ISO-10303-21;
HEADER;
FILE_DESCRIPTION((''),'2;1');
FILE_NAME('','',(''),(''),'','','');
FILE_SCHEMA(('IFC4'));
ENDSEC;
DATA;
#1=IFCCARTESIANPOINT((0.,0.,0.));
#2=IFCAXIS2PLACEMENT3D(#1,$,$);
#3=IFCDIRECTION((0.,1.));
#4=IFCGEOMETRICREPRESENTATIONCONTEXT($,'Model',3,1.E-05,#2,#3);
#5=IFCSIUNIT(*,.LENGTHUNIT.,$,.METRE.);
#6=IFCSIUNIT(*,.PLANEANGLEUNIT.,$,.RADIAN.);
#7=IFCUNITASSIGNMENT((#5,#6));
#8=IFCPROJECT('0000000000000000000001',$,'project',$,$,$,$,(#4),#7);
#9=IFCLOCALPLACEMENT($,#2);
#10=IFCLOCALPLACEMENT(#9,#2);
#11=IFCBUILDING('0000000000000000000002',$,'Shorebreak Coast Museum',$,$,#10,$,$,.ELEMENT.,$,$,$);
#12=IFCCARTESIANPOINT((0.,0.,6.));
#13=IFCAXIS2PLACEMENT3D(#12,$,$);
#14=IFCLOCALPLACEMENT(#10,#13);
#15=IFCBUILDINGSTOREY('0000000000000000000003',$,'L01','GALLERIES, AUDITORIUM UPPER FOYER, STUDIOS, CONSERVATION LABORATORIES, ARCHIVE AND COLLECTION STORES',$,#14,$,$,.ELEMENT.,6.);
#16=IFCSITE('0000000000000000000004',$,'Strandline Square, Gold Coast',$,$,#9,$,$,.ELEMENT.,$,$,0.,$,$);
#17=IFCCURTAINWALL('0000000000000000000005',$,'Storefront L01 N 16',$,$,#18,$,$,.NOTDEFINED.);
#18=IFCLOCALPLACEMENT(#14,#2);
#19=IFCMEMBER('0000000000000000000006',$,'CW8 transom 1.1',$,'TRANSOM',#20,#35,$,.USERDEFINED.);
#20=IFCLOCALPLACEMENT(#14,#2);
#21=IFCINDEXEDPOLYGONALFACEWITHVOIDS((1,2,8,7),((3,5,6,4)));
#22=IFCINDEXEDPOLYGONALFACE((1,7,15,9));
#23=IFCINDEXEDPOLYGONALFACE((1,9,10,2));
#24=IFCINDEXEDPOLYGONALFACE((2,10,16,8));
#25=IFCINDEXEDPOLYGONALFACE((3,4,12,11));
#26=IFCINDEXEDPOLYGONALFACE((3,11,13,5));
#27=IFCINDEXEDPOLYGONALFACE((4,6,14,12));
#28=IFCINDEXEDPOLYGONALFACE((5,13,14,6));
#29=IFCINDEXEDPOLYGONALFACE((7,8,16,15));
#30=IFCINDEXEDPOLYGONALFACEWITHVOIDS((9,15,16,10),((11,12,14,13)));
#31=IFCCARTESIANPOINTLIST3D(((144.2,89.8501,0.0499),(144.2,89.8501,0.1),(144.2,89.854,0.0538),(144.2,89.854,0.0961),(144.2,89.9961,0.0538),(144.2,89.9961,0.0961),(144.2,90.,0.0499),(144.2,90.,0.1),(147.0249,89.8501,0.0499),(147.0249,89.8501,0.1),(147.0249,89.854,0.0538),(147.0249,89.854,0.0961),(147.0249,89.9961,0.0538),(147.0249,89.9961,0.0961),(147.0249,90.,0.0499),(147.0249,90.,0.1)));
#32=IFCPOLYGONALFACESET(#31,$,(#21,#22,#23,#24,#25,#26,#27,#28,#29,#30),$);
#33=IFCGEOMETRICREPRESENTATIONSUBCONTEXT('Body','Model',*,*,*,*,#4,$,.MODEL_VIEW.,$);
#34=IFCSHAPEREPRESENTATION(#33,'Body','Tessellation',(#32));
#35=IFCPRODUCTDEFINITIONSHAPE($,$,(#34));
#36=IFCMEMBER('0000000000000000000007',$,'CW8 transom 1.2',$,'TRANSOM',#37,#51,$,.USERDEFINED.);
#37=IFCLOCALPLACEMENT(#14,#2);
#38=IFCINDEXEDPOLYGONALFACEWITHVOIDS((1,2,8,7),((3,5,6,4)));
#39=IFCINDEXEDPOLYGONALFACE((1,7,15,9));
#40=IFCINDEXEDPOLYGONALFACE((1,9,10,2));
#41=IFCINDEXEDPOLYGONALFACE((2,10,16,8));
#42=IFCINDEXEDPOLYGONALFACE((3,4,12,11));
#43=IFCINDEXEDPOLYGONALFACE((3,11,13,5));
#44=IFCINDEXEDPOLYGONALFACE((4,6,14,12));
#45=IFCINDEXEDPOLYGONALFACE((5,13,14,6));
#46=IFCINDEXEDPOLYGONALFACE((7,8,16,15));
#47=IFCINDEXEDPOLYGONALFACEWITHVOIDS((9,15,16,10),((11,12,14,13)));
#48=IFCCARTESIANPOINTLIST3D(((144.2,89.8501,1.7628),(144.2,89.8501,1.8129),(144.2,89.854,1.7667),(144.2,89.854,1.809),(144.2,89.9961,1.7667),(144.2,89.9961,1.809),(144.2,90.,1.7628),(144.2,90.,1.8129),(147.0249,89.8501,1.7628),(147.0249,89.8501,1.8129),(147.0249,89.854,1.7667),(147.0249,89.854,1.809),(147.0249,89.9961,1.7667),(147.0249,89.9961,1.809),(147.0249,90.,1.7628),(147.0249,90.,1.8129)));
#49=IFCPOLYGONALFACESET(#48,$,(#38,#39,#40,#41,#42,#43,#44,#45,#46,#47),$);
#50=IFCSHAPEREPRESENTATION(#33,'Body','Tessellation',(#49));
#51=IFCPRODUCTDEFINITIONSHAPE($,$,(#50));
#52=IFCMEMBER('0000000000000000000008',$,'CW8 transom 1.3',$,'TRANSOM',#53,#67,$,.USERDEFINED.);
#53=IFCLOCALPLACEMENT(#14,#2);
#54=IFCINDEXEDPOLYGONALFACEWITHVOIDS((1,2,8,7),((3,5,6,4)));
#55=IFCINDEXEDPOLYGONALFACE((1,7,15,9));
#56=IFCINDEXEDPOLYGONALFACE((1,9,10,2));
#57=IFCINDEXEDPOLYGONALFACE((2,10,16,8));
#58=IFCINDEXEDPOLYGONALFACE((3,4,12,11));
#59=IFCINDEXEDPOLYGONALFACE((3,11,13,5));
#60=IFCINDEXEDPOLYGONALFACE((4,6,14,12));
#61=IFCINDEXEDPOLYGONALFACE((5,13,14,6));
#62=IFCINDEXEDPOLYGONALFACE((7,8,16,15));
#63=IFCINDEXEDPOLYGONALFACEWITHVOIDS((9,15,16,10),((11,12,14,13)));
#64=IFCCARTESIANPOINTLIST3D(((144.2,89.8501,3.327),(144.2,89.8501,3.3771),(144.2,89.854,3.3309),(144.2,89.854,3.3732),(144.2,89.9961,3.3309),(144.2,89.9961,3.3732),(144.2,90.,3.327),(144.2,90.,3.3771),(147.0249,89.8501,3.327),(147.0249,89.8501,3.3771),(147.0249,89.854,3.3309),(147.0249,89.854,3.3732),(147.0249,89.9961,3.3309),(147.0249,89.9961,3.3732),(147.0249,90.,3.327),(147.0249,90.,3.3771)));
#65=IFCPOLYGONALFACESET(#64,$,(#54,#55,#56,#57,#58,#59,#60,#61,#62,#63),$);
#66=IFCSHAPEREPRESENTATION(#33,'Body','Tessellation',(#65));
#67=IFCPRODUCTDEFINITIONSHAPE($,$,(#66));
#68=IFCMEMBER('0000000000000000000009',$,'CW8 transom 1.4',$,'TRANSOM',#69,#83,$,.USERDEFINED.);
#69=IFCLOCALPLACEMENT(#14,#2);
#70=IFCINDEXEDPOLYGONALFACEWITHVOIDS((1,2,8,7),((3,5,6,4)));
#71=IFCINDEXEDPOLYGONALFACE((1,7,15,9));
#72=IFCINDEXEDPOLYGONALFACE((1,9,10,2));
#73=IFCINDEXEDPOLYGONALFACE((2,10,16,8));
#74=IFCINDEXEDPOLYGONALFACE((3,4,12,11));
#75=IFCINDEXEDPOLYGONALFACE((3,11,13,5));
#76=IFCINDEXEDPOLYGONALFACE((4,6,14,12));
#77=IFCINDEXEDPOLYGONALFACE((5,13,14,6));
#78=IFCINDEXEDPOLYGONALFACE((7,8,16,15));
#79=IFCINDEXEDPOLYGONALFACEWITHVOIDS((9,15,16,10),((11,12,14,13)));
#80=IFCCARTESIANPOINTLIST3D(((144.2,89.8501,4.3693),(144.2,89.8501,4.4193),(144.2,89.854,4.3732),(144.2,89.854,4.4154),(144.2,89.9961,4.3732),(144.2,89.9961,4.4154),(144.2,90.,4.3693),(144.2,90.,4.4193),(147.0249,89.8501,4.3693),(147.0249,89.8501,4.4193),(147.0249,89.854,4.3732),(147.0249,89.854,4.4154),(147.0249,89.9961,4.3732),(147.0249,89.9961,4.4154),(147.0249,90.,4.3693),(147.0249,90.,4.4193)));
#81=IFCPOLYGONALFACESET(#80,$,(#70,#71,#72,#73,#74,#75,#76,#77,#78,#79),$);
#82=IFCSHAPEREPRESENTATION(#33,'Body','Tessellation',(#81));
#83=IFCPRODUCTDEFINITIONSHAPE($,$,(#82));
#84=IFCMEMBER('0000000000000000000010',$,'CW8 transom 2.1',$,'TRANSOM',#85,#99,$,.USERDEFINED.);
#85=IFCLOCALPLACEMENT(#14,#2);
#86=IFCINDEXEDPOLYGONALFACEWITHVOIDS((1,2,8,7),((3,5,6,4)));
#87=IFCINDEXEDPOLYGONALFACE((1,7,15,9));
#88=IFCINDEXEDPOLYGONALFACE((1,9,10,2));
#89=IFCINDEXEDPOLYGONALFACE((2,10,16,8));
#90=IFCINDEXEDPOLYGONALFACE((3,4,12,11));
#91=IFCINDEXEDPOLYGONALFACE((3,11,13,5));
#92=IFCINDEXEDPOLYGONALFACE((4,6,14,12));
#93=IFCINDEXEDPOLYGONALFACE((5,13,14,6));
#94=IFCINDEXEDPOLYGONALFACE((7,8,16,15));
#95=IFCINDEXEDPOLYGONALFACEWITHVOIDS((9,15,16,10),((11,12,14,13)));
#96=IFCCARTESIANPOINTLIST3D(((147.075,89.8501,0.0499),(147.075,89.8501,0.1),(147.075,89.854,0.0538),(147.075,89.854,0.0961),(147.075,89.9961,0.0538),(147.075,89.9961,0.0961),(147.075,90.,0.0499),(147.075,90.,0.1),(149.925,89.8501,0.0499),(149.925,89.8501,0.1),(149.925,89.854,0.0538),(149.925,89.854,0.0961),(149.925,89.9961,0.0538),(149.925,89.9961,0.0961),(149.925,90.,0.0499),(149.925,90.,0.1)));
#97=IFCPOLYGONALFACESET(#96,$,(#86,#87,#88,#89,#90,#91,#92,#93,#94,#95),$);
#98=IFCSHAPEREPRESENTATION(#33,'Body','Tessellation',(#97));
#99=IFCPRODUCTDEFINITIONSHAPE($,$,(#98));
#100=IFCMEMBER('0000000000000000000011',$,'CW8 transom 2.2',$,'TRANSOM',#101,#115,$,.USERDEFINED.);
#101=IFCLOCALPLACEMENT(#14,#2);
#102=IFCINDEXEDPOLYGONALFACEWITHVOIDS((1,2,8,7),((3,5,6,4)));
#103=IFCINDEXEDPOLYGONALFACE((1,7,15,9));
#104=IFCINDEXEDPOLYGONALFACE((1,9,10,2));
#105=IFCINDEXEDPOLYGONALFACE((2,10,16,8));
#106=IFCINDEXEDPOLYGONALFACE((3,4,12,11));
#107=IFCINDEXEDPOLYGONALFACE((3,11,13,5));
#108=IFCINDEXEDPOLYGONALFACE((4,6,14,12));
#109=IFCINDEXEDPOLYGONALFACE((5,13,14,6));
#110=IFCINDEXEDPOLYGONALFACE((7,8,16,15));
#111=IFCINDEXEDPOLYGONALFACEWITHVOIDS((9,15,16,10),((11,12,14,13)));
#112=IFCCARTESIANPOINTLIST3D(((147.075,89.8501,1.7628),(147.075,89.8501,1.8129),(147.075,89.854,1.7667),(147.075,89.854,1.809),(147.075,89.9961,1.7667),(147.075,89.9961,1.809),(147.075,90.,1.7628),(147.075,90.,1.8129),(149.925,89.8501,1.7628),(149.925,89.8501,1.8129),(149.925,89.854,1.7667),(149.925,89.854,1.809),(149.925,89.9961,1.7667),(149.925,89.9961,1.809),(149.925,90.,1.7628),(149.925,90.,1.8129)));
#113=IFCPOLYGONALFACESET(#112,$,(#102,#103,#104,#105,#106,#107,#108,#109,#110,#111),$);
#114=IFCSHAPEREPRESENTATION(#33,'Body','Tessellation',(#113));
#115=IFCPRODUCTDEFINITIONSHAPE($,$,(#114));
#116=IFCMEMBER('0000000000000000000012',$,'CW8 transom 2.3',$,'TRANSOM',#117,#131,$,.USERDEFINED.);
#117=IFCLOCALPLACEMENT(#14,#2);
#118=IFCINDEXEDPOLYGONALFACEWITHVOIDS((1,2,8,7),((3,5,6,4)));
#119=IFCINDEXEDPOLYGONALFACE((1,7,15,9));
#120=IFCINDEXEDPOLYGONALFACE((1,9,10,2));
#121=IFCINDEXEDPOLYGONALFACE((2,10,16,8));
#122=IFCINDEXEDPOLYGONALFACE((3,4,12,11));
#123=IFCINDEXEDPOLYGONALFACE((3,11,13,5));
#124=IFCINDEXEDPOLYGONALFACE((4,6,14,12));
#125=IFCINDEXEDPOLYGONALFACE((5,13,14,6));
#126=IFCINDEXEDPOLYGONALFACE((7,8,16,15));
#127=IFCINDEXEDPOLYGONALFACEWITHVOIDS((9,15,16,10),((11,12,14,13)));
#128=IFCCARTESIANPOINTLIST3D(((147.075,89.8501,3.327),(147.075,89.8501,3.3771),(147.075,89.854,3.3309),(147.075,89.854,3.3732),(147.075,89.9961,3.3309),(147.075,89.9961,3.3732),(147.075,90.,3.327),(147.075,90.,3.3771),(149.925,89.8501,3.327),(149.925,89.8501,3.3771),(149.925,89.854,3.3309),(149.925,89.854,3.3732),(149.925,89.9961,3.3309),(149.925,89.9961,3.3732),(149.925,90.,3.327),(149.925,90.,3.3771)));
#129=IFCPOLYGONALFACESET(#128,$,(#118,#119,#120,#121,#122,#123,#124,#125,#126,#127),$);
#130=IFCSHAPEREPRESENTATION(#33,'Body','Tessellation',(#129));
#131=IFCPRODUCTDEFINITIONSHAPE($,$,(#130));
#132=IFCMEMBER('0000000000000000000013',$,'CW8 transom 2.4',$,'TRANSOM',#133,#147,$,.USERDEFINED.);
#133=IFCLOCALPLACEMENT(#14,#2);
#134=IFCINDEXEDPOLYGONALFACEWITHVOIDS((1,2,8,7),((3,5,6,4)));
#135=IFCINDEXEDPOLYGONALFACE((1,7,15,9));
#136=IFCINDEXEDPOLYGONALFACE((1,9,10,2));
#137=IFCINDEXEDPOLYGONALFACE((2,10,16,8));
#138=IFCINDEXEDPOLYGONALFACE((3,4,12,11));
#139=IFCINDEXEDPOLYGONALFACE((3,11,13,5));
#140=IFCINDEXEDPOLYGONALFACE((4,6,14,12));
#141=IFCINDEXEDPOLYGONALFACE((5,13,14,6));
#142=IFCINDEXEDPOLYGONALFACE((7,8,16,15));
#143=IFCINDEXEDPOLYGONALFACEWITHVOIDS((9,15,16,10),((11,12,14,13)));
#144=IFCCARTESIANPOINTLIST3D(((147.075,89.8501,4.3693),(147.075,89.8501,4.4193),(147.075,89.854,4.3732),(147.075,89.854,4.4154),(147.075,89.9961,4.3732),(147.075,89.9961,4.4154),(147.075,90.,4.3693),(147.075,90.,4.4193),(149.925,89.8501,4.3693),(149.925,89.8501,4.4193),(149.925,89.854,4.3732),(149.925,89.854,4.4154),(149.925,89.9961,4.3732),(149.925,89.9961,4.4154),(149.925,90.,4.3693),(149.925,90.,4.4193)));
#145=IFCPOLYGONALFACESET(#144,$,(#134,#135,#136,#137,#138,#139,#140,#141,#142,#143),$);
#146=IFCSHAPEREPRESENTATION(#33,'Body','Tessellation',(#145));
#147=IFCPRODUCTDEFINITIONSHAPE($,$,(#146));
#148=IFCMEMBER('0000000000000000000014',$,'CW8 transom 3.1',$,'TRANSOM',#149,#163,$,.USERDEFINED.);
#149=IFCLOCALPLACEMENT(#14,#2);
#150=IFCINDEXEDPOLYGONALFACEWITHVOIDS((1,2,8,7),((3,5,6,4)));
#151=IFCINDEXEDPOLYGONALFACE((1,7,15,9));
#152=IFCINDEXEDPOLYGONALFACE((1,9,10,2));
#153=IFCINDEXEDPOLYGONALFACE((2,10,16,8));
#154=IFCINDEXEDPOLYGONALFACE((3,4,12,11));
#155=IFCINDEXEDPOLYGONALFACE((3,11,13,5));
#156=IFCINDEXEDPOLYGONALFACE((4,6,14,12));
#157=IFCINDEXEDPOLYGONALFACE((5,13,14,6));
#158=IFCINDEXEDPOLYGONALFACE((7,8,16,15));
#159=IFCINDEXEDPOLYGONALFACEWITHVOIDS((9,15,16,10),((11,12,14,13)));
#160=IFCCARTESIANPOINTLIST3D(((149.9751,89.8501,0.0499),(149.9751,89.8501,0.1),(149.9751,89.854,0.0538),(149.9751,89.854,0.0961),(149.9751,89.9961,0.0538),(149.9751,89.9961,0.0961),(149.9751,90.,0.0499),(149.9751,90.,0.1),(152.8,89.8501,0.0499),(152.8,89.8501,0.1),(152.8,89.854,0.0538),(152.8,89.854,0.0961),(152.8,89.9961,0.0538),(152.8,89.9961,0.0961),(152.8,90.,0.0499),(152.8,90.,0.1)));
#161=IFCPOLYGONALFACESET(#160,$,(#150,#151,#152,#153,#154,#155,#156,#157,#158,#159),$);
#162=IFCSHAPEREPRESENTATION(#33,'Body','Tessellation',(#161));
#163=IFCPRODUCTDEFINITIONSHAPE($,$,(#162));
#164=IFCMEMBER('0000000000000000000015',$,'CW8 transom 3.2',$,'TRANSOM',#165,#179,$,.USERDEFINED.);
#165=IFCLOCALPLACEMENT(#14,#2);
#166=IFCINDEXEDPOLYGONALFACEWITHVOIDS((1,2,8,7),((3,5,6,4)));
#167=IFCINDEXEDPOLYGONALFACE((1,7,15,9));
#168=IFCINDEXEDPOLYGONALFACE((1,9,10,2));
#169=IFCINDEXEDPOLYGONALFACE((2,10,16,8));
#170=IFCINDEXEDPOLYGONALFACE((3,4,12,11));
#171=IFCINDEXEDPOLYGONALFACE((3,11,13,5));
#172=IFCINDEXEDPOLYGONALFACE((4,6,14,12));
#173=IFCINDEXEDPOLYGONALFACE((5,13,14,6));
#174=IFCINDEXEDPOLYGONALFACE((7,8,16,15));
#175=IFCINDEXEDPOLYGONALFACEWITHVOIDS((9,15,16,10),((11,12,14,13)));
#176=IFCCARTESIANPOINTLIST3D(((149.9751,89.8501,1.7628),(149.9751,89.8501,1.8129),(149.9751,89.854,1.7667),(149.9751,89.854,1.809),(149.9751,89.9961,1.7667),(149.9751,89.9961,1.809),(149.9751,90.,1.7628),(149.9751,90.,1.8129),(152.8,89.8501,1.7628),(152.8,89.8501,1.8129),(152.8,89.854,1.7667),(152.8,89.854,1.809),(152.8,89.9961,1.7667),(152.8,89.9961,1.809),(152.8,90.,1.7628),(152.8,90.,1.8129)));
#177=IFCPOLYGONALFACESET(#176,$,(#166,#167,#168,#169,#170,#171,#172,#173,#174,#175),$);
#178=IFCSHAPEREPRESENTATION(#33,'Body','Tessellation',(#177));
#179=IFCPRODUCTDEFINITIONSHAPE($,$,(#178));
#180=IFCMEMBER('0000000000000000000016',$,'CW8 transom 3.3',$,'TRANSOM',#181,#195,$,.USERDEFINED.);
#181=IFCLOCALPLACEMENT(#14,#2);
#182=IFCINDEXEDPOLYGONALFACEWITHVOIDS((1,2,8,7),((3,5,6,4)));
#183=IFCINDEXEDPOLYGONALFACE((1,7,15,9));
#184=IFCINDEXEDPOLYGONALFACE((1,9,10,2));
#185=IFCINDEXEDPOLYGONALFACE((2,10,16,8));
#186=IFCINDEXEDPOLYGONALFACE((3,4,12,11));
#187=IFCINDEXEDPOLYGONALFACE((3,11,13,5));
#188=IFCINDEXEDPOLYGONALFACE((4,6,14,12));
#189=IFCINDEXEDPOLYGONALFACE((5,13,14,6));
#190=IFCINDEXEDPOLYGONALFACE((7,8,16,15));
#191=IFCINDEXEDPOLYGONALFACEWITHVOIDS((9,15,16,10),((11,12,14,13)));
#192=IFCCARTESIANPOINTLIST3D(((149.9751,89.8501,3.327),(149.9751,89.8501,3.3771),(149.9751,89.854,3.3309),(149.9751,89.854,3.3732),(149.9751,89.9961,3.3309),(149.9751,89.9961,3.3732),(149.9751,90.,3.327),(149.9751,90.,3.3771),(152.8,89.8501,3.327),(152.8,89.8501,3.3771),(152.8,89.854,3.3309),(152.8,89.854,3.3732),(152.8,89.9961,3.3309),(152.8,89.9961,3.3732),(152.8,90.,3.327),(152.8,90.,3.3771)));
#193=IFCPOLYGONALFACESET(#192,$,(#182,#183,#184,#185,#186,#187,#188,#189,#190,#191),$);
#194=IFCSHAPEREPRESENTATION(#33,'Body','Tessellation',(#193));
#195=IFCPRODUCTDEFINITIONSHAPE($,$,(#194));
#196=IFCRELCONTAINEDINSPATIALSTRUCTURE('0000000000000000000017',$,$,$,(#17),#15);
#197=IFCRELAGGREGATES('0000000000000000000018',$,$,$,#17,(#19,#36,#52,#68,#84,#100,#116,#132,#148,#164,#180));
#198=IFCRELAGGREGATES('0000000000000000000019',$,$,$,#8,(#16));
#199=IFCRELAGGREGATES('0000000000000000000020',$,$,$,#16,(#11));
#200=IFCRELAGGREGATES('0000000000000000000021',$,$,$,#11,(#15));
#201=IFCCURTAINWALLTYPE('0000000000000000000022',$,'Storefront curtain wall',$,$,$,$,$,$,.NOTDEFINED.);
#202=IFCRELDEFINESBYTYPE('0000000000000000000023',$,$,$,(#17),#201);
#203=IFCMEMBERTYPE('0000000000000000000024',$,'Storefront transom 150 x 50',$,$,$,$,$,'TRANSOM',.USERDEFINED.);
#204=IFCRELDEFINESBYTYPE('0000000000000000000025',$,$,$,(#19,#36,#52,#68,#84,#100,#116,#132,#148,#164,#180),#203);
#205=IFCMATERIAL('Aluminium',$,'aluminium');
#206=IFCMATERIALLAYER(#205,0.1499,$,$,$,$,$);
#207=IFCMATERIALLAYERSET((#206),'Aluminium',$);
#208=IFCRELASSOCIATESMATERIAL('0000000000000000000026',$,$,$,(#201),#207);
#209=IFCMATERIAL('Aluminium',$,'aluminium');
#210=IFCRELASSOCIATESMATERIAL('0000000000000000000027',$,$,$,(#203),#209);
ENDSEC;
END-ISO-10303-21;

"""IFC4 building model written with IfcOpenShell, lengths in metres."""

from ifc_helpers import new_model, si_unit, direction, frame, origin, origin_2d, place, context, subcontext, project, spatial, hollow_rectangle, extrude, material, layer, layer_set, material_profile, profile_set, type_object, element, aggregate, save


model = new_model("IFC4")

# Units and contexts
model_context = context("Model", 3, precision=1e-05, world=origin(), true_north=direction((0.0, 1.0)))
body_context = subcontext(model_context, "Body", "Model", "MODEL_VIEW")
ifc_project = project(units=[si_unit("LENGTHUNIT", "METRE"), si_unit("PLANEANGLEUNIT", "RADIAN")], contexts=[model_context])

# Site, building, storey
site_placement = place(None, origin())
site = spatial("IfcSite", under=ifc_project, at=site_placement, Name="Strandline Square, Gold Coast", CompositionType="ELEMENT", RefElevation=0.0)
building_placement = place(site_placement, origin())
building = spatial("IfcBuilding", under=site, at=building_placement, Name="Shorebreak Coast Museum", CompositionType="ELEMENT")
storey_placement = place(building_placement, frame((0.0, 0.0, 6.0)))
storey = spatial("IfcBuildingStorey", under=building, at=storey_placement, Name="L01", Description="GALLERIES, AUDITORIUM UPPER FOYER, STUDIOS, CONSERVATION LABORATORIES, ARCHIVE AND COLLECTION STORES", CompositionType="ELEMENT", Elevation=6.0)

# Curtain wall
ifc_material_1 = material(Name="Aluminium", Category="aluminium")
ifc_layer_1 = layer(ifc_material_1, 0.1499)
ifc_layer_set_1 = layer_set([ifc_layer_1], Name="Aluminium")
curtain_wall_type = type_object("IfcCurtainWallType", Name="Storefront curtain wall", PredefinedType="NOTDEFINED", material=ifc_layer_set_1)
curtain_wall_1_placement = place(storey_placement, origin())
curtain_wall_1 = element("IfcCurtainWall", 1, at=curtain_wall_1_placement, inside=storey, type_object=curtain_wall_type, Name="Storefront L01 N 16", PredefinedType="NOTDEFINED")

# Members
ifc_material_2 = material(Name="Aluminium", Category="aluminium")
ifc_material_profile_1 = material_profile(ifc_material_2, hollow_rectangle(XDim=0.1499, YDim=0.05, WallThickness=0.0039, at=origin_2d()), Name="AL 50x150 RHS")
ifc_profile_set_1 = profile_set([ifc_material_profile_1], Name="Aluminium")
member_type_1 = type_object("IfcMemberType", Name="Storefront transom 150 x 50", ElementType="TRANSOM", PredefinedType="USERDEFINED", material=ifc_profile_set_1)
member_1_placement = place(storey_placement, frame((144.2, 89.925, 0.075), z_axis=(1.0, 0.0, 0.0), x_axis=(0.0, 1.0, 0.0)))
member_1 = element("IfcMember", 2, at=member_1_placement, type_object=member_type_1, Name="CW8 transom 1.1", ObjectType="TRANSOM", PredefinedType="USERDEFINED", context=body_context, shape_type="SweptSolid", body=[
    extrude(hollow_rectangle(XDim=0.1499, YDim=0.05, WallThickness=0.0039, at=origin_2d()), origin(), (0.0, 0.0, 1.0), 2.825),
])
member_2_placement = place(storey_placement, frame((144.2, 89.925, 1.7878), z_axis=(1.0, 0.0, 0.0), x_axis=(0.0, 1.0, 0.0)))
member_2 = element("IfcMember", 3, at=member_2_placement, type_object=member_type_1, Name="CW8 transom 1.2", ObjectType="TRANSOM", PredefinedType="USERDEFINED", context=body_context, shape_type="SweptSolid", body=[
    extrude(hollow_rectangle(XDim=0.1499, YDim=0.05, WallThickness=0.0039, at=origin_2d()), origin(), (0.0, 0.0, 1.0), 2.825),
])
member_3_placement = place(storey_placement, frame((144.2, 89.925, 3.3521), z_axis=(1.0, 0.0, 0.0), x_axis=(0.0, 1.0, 0.0)))
member_3 = element("IfcMember", 4, at=member_3_placement, type_object=member_type_1, Name="CW8 transom 1.3", ObjectType="TRANSOM", PredefinedType="USERDEFINED", context=body_context, shape_type="SweptSolid", body=[
    extrude(hollow_rectangle(XDim=0.1499, YDim=0.05, WallThickness=0.0039, at=origin_2d()), origin(), (0.0, 0.0, 1.0), 2.825),
])
member_4_placement = place(storey_placement, frame((144.2, 89.925, 4.3943), z_axis=(1.0, 0.0, 0.0), x_axis=(0.0, 1.0, 0.0)))
member_4 = element("IfcMember", 5, at=member_4_placement, type_object=member_type_1, Name="CW8 transom 1.4", ObjectType="TRANSOM", PredefinedType="USERDEFINED", context=body_context, shape_type="SweptSolid", body=[
    extrude(hollow_rectangle(XDim=0.1499, YDim=0.05, WallThickness=0.0039, at=origin_2d()), origin(), (0.0, 0.0, 1.0), 2.825),
])
member_5_placement = place(storey_placement, frame((147.075, 89.925, 0.075), z_axis=(1.0, 0.0, 0.0), x_axis=(0.0, 1.0, 0.0)))
member_5 = element("IfcMember", 6, at=member_5_placement, type_object=member_type_1, Name="CW8 transom 2.1", ObjectType="TRANSOM", PredefinedType="USERDEFINED", context=body_context, shape_type="SweptSolid", body=[
    extrude(hollow_rectangle(XDim=0.1499, YDim=0.05, WallThickness=0.0039, at=origin_2d()), origin(), (0.0, 0.0, 1.0), 2.8501),
])
member_6_placement = place(storey_placement, frame((147.075, 89.925, 1.7878), z_axis=(1.0, 0.0, 0.0), x_axis=(0.0, 1.0, 0.0)))
member_6 = element("IfcMember", 7, at=member_6_placement, type_object=member_type_1, Name="CW8 transom 2.2", ObjectType="TRANSOM", PredefinedType="USERDEFINED", context=body_context, shape_type="SweptSolid", body=[
    extrude(hollow_rectangle(XDim=0.1499, YDim=0.05, WallThickness=0.0039, at=origin_2d()), origin(), (0.0, 0.0, 1.0), 2.8501),
])
member_7_placement = place(storey_placement, frame((147.075, 89.925, 3.3521), z_axis=(1.0, 0.0, 0.0), x_axis=(0.0, 1.0, 0.0)))
member_7 = element("IfcMember", 8, at=member_7_placement, type_object=member_type_1, Name="CW8 transom 2.3", ObjectType="TRANSOM", PredefinedType="USERDEFINED", context=body_context, shape_type="SweptSolid", body=[
    extrude(hollow_rectangle(XDim=0.1499, YDim=0.05, WallThickness=0.0039, at=origin_2d()), origin(), (0.0, 0.0, 1.0), 2.8501),
])
member_8_placement = place(storey_placement, frame((147.075, 89.925, 4.3943), z_axis=(1.0, 0.0, 0.0), x_axis=(0.0, 1.0, 0.0)))
member_8 = element("IfcMember", 9, at=member_8_placement, type_object=member_type_1, Name="CW8 transom 2.4", ObjectType="TRANSOM", PredefinedType="USERDEFINED", context=body_context, shape_type="SweptSolid", body=[
    extrude(hollow_rectangle(XDim=0.1499, YDim=0.05, WallThickness=0.0039, at=origin_2d()), origin(), (0.0, 0.0, 1.0), 2.8501),
])
member_9_placement = place(storey_placement, frame((149.9751, 89.925, 0.075), z_axis=(1.0, 0.0, 0.0), x_axis=(0.0, 1.0, 0.0)))
member_9 = element("IfcMember", 10, at=member_9_placement, type_object=member_type_1, Name="CW8 transom 3.1", ObjectType="TRANSOM", PredefinedType="USERDEFINED", context=body_context, shape_type="SweptSolid", body=[
    extrude(hollow_rectangle(XDim=0.1499, YDim=0.05, WallThickness=0.0039, at=origin_2d()), origin(), (0.0, 0.0, 1.0), 2.825),
])
member_10_placement = place(storey_placement, frame((149.9751, 89.925, 1.7878), z_axis=(1.0, 0.0, 0.0), x_axis=(0.0, 1.0, 0.0)))
member_10 = element("IfcMember", 11, at=member_10_placement, type_object=member_type_1, Name="CW8 transom 3.2", ObjectType="TRANSOM", PredefinedType="USERDEFINED", context=body_context, shape_type="SweptSolid", body=[
    extrude(hollow_rectangle(XDim=0.1499, YDim=0.05, WallThickness=0.0039, at=origin_2d()), origin(), (0.0, 0.0, 1.0), 2.825),
])
member_11_placement = place(storey_placement, frame((149.9751, 89.925, 3.3521), z_axis=(1.0, 0.0, 0.0), x_axis=(0.0, 1.0, 0.0)))
member_11 = element("IfcMember", 12, at=member_11_placement, type_object=member_type_1, Name="CW8 transom 3.3", ObjectType="TRANSOM", PredefinedType="USERDEFINED", context=body_context, shape_type="SweptSolid", body=[
    extrude(hollow_rectangle(XDim=0.1499, YDim=0.05, WallThickness=0.0039, at=origin_2d()), origin(), (0.0, 0.0, 1.0), 2.825),
])

aggregate(curtain_wall_1, [member_1, member_2, member_3, member_4, member_5, member_6, member_7, member_8, member_9, member_10, member_11])

save(model, "model.ifc")
